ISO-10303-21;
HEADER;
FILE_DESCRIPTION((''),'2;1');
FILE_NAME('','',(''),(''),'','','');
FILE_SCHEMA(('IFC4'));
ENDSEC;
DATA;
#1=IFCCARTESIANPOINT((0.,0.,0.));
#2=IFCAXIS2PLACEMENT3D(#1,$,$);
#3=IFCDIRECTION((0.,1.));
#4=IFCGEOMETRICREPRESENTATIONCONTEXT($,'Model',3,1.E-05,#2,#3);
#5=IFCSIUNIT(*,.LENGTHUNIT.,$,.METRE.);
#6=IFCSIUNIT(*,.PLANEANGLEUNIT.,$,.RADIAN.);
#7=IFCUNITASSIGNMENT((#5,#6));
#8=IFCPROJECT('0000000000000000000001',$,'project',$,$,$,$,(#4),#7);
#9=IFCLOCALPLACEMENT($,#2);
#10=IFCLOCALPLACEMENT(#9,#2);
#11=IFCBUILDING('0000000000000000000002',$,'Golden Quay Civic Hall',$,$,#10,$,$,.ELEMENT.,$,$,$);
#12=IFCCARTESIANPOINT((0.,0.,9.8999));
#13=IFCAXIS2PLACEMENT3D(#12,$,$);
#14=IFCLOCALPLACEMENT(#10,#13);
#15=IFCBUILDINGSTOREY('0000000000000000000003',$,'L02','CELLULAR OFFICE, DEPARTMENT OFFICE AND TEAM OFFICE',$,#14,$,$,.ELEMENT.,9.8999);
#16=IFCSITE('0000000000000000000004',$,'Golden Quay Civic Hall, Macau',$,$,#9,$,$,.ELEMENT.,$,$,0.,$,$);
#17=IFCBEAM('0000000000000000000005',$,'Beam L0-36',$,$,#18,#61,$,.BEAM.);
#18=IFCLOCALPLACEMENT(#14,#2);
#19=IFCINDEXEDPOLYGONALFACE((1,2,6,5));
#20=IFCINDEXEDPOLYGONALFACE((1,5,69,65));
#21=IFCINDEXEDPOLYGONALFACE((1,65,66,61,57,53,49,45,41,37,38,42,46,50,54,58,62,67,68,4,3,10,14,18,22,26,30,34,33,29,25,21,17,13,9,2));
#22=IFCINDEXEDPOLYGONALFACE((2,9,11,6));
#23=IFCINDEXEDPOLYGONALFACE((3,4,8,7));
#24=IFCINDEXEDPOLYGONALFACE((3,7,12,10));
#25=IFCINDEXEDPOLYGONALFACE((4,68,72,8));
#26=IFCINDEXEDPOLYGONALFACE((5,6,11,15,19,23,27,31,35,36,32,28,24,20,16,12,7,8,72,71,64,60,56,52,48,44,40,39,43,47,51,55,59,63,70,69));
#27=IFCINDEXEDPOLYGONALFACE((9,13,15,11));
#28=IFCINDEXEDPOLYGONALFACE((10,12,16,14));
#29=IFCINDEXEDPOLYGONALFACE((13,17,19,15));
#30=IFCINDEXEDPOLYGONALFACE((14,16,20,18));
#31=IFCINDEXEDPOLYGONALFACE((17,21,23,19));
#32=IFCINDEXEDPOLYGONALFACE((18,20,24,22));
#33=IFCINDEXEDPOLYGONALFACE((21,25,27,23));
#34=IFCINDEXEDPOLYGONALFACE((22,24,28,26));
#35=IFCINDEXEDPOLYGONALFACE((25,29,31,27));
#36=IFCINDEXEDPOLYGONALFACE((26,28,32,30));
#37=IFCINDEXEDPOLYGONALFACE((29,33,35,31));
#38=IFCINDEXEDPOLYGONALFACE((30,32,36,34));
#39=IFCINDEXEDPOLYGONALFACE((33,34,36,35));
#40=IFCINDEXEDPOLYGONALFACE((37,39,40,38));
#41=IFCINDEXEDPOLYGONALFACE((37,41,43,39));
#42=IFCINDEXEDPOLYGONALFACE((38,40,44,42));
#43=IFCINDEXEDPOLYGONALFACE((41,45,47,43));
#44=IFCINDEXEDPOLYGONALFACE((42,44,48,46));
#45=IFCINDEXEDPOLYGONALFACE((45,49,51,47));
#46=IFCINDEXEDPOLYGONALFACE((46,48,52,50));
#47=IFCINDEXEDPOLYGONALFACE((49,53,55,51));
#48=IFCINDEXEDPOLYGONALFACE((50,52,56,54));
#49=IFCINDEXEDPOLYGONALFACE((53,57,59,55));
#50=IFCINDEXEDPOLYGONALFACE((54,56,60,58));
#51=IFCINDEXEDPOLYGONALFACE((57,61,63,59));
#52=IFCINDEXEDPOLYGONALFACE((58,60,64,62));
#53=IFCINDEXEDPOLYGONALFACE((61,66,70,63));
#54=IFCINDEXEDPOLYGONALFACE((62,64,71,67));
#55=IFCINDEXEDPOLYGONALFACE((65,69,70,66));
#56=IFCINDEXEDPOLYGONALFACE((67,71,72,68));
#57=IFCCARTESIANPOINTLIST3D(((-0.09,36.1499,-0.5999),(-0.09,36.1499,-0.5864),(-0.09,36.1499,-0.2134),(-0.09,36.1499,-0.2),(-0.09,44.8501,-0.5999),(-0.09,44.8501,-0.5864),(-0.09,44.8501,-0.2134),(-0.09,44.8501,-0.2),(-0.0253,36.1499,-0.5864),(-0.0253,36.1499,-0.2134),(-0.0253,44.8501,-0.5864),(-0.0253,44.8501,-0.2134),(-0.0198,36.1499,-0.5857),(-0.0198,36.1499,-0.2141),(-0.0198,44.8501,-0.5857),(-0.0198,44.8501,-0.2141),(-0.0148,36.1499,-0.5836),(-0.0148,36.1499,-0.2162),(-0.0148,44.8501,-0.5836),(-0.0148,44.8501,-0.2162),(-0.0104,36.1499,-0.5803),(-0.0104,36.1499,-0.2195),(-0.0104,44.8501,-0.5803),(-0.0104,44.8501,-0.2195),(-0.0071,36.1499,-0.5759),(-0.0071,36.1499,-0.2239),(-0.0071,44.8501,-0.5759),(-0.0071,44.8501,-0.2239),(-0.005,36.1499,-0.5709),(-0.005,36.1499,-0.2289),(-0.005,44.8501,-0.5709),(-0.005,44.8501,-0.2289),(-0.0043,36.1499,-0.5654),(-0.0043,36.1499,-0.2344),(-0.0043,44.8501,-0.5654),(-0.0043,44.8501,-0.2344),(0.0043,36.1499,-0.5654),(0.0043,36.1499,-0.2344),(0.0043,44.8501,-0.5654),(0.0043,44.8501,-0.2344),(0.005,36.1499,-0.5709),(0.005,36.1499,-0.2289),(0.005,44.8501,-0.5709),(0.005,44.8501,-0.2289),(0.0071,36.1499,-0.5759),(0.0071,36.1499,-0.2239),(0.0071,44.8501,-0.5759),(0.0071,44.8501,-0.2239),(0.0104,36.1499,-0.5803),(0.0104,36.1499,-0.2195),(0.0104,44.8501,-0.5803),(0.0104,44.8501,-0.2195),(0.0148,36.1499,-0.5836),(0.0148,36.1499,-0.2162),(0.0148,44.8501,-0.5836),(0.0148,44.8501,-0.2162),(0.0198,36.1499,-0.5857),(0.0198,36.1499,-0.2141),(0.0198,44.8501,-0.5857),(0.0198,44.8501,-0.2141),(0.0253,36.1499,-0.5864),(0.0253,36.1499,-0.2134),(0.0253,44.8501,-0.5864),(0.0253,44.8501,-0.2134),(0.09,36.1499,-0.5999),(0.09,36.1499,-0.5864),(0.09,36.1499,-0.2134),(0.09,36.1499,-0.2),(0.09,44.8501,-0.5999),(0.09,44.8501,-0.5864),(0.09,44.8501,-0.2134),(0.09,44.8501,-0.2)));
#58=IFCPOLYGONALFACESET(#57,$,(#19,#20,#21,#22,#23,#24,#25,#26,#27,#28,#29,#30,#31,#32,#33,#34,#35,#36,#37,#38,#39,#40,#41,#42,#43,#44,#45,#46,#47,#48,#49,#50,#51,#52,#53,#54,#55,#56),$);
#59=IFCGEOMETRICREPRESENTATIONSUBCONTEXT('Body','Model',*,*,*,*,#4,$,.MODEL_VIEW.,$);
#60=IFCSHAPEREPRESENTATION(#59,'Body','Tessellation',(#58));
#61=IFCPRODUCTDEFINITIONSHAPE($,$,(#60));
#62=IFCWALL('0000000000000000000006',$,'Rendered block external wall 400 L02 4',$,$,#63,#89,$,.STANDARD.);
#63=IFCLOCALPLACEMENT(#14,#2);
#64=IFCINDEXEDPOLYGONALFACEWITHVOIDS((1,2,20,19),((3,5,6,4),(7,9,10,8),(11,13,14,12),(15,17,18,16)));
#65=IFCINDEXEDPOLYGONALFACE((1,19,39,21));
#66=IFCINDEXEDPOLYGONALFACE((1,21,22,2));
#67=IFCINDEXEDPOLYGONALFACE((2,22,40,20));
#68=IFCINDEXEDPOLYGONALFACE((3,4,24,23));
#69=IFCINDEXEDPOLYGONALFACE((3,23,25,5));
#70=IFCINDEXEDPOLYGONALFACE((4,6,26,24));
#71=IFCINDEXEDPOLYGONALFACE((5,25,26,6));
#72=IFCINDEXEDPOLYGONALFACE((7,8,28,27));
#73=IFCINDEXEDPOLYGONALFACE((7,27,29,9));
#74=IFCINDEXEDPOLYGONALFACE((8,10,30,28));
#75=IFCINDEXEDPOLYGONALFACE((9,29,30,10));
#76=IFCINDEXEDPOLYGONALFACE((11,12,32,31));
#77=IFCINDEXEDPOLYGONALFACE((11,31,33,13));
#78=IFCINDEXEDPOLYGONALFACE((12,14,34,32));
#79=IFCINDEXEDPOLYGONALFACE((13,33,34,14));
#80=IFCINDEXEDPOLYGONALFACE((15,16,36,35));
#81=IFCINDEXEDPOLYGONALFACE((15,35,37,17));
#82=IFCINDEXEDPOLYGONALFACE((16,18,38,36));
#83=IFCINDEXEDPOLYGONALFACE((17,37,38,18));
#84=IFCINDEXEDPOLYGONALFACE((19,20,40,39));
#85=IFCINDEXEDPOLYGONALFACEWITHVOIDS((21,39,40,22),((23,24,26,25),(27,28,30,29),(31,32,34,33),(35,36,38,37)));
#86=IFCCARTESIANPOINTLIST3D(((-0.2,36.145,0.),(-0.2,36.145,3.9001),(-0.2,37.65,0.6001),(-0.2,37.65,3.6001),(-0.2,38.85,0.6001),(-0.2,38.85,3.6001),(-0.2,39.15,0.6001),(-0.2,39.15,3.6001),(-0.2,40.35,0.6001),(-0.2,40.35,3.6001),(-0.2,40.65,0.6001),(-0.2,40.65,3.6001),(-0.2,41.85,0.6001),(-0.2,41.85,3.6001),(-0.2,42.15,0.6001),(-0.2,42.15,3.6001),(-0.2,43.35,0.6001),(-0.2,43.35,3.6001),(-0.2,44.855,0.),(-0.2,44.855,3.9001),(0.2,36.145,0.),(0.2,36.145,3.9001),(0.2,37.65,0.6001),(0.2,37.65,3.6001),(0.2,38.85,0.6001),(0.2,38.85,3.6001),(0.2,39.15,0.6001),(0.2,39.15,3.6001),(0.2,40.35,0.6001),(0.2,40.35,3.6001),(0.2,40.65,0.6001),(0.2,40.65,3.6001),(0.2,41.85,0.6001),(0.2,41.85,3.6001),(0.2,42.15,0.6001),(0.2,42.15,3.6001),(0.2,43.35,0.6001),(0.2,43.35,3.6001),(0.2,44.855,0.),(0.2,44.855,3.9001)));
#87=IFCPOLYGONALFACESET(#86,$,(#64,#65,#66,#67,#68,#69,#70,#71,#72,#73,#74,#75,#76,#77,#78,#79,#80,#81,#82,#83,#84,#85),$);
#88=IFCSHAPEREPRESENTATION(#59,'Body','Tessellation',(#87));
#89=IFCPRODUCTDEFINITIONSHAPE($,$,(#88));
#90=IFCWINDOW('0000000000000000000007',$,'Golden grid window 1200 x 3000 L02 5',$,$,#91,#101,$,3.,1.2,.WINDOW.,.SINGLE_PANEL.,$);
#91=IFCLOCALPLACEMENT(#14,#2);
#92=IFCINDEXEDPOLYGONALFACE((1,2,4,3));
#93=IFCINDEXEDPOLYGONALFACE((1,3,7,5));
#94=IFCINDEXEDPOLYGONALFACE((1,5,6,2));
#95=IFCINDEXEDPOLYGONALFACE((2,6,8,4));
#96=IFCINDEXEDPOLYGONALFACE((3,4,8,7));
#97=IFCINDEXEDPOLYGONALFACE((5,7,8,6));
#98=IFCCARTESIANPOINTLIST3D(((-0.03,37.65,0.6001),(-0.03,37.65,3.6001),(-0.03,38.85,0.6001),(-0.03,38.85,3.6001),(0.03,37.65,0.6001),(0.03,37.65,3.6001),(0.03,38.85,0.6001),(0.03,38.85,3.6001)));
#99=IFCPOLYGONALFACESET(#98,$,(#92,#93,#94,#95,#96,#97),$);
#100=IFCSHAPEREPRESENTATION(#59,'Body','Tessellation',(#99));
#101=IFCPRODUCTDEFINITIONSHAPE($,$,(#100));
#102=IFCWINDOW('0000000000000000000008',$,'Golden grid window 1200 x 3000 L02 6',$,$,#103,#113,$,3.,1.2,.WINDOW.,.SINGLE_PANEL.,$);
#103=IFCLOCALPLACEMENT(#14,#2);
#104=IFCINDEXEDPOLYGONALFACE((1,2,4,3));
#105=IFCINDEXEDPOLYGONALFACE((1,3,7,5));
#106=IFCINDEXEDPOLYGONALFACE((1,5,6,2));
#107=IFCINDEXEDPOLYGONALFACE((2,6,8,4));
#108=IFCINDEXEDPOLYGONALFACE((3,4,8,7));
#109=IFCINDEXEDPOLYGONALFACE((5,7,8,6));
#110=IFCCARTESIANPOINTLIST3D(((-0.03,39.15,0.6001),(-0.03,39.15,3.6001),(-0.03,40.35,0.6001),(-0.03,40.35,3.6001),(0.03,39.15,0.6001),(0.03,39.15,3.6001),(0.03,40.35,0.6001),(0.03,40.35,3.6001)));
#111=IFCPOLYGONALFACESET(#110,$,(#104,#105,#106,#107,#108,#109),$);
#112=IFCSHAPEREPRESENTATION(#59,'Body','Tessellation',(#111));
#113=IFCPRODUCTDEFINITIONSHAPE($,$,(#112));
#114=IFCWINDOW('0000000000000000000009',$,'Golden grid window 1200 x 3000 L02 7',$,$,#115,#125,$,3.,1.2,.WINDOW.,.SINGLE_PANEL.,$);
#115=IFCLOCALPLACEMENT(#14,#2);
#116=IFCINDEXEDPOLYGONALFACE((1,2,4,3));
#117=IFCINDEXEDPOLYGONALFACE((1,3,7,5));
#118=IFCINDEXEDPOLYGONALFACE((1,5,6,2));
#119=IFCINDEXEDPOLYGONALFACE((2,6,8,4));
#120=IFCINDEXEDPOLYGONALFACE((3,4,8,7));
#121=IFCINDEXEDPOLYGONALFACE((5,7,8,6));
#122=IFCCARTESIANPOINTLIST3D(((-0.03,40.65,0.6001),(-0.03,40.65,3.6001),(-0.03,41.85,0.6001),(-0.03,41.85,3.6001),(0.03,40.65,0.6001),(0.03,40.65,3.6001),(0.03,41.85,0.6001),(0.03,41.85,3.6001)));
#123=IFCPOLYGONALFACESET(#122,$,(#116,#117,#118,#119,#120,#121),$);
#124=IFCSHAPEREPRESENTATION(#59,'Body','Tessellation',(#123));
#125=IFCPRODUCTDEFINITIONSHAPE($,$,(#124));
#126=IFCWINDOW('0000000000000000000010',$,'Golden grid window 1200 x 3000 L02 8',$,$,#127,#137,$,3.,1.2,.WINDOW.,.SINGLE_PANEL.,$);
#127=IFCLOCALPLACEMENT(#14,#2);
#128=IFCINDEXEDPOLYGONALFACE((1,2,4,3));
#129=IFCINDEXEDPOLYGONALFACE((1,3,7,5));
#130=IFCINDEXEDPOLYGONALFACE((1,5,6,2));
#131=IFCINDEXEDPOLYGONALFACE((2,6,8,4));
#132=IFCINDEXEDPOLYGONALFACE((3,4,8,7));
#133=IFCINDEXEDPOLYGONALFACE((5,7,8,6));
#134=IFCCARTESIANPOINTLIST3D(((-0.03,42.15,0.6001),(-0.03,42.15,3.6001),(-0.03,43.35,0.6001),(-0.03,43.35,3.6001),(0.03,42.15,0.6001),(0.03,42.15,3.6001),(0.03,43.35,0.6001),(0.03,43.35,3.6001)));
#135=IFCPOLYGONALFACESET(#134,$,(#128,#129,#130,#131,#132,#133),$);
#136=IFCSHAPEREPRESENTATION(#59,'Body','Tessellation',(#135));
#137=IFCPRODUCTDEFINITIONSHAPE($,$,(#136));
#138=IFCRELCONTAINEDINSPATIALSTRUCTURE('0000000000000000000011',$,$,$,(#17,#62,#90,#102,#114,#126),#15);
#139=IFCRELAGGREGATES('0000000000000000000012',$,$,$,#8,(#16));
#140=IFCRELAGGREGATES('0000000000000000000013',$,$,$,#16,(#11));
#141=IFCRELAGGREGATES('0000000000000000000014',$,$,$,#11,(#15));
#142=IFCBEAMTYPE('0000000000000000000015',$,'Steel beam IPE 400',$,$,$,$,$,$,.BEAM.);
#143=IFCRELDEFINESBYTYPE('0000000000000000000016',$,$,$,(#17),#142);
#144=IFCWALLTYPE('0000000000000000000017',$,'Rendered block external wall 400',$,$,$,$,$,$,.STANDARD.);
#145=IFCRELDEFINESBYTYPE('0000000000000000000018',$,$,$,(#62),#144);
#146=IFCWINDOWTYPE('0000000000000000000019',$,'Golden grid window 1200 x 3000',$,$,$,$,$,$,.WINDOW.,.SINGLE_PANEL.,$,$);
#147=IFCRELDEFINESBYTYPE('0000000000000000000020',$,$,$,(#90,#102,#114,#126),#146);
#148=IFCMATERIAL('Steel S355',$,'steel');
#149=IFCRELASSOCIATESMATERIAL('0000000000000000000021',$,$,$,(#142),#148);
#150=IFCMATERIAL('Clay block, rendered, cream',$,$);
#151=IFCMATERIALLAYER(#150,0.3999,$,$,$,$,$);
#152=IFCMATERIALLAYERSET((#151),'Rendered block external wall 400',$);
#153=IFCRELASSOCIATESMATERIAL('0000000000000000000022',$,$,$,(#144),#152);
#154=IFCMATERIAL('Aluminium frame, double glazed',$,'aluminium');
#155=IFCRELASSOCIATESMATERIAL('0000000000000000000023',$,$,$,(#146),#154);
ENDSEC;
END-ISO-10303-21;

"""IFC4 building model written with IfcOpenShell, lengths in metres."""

from ifc_helpers import new_model, si_unit, direction, frame, frame_2d, origin, origin_2d, place, context, subcontext, project, spatial, rectangle, i_section, extrude, material, layer, layer_set, material_profile, profile_set, type_object, element, fill, save


model = new_model("IFC4")

# Units and contexts
model_context = context("Model", 3, precision=1e-05, world=origin(), true_north=direction((0.0, 1.0)))
body_context = subcontext(model_context, "Body", "Model", "MODEL_VIEW")
ifc_project = project(units=[si_unit("LENGTHUNIT", "METRE"), si_unit("PLANEANGLEUNIT", "RADIAN")], contexts=[model_context])

# Site, building, storey
site_placement = place(None, origin())
site = spatial("IfcSite", under=ifc_project, at=site_placement, Name="Golden Quay Civic Hall, Macau", CompositionType="ELEMENT", RefElevation=0.0)
building_placement = place(site_placement, origin())
building = spatial("IfcBuilding", under=site, at=building_placement, Name="Golden Quay Civic Hall", CompositionType="ELEMENT")
storey_placement = place(building_placement, frame((0.0, 0.0, 9.8999)))
storey = spatial("IfcBuildingStorey", under=building, at=storey_placement, Name="L02", Description="CELLULAR OFFICE, DEPARTMENT OFFICE AND TEAM OFFICE", CompositionType="ELEMENT", Elevation=9.8999)

# Beam
ifc_material_1 = material(Name="Steel S355", Category="steel")
ifc_material_profile_1 = material_profile(ifc_material_1, i_section(OverallWidth=0.1799, OverallDepth=0.3999, WebThickness=0.0085, FlangeThickness=0.0134, FilletRadius=0.021, at=origin_2d()), Name="IPE 400")
ifc_profile_set_1 = profile_set([ifc_material_profile_1], Name="Steel S355")
beam_type_1 = type_object("IfcBeamType", Name="Steel beam IPE 400", PredefinedType="BEAM", material=ifc_profile_set_1)
for number, where, z_axis, x_axis, name in (
    (1, (0.0, 36.1499, -0.3999), (0.0, 1.0, 0.0), (-1.0, 0.0, 0.0), "Beam L0-36"),
):
    element("IfcBeam", number, at=place(storey_placement, frame(where, z_axis=z_axis, x_axis=x_axis)), inside=storey, type_object=beam_type_1, Name=name, PredefinedType="BEAM", context=body_context, shape_type="SweptSolid", body=[
        extrude(i_section(OverallWidth=0.1799, OverallDepth=0.3999, WebThickness=0.0085, FlangeThickness=0.0134, FilletRadius=0.021, at=origin_2d()), origin(), (0.0, 0.0, 1.0), 8.7002),
    ])

# Wall, openings, windows
ifc_material_2 = material(Name="Clay block, rendered, cream")
ifc_layer_1 = layer(ifc_material_2, 0.3999)
ifc_layer_set_1 = layer_set([ifc_layer_1], Name="Rendered block external wall 400")
wall_type_1 = type_object("IfcWallType", Name="Rendered block external wall 400", PredefinedType="STANDARD", material=ifc_layer_set_1)
wall_1_placement = place(storey_placement, frame((0.0, 36.145, 0.0), z_axis=(0.0, 0.0, 1.0), x_axis=(0.0, 1.0, 0.0)))
wall_1 = element("IfcWall", 2, at=wall_1_placement, inside=storey, type_object=wall_type_1, Name="Rendered block external wall 400 L02 4", PredefinedType="STANDARD", context=body_context, shape_type="SweptSolid", body=[
    extrude(rectangle(XDim=8.71, YDim=0.3999, at=frame_2d((4.355, 0.0))), origin(), (0.0, 0.0, 1.0), 3.9001),
])
opening_1_placement = place(wall_1_placement, frame((1.5049, 0.0, 0.6001)))
opening_1 = element("IfcOpeningElement", 3, at=opening_1_placement, cuts=wall_1, PredefinedType="OPENING", context=body_context, shape_type="SweptSolid", body=[
    extrude(rectangle(XDim=1.2, YDim=3.0, at=frame_2d((0.6001, 1.5))), frame((0.0, 0.21, 0.0), z_axis=(0.0, -1.0, 0.0), x_axis=(1.0, 0.0, 0.0)), (0.0, 0.0, 1.0), 0.4199),
])
opening_2_placement = place(wall_1_placement, frame((3.0049, 0.0, 0.6001)))
opening_2 = element("IfcOpeningElement", 4, at=opening_2_placement, cuts=wall_1, PredefinedType="OPENING", context=body_context, shape_type="SweptSolid", body=[
    extrude(rectangle(XDim=1.2, YDim=3.0, at=frame_2d((0.6001, 1.5))), frame((0.0, 0.21, 0.0), z_axis=(0.0, -1.0, 0.0), x_axis=(1.0, 0.0, 0.0)), (0.0, 0.0, 1.0), 0.4199),
])
opening_3_placement = place(wall_1_placement, frame((4.5049, 0.0, 0.6001)))
opening_3 = element("IfcOpeningElement", 5, at=opening_3_placement, cuts=wall_1, PredefinedType="OPENING", context=body_context, shape_type="SweptSolid", body=[
    extrude(rectangle(XDim=1.2, YDim=3.0, at=frame_2d((0.6001, 1.5))), frame((0.0, 0.21, 0.0), z_axis=(0.0, -1.0, 0.0), x_axis=(1.0, 0.0, 0.0)), (0.0, 0.0, 1.0), 0.4199),
])
opening_4_placement = place(wall_1_placement, frame((6.0049, 0.0, 0.6001)))
opening_4 = element("IfcOpeningElement", 6, at=opening_4_placement, cuts=wall_1, PredefinedType="OPENING", context=body_context, shape_type="SweptSolid", body=[
    extrude(rectangle(XDim=1.2, YDim=3.0, at=frame_2d((0.6001, 1.5))), frame((0.0, 0.21, 0.0), z_axis=(0.0, -1.0, 0.0), x_axis=(1.0, 0.0, 0.0)), (0.0, 0.0, 1.0), 0.4199),
])
ifc_material_3 = material(Name="Aluminium frame, double glazed", Category="aluminium")
window_type_1 = type_object("IfcWindowType", Name="Golden grid window 1200 x 3000", PartitioningType="SINGLE_PANEL", PredefinedType="WINDOW", material=ifc_material_3)
window_1_placement = place(opening_1_placement, origin())
window_1 = element("IfcWindow", 7, at=window_1_placement, inside=storey, type_object=window_type_1, Name="Golden grid window 1200 x 3000 L02 5", OverallHeight=3.0, OverallWidth=1.2, PartitioningType="SINGLE_PANEL", PredefinedType="WINDOW", context=body_context, shape_type="SweptSolid", body=[
    extrude(rectangle(XDim=1.2, YDim=3.0, at=frame_2d((0.6001, 1.5))), frame((0.0, 0.03, 0.0), z_axis=(0.0, -1.0, 0.0), x_axis=(1.0, 0.0, 0.0)), (0.0, 0.0, 1.0), 0.0601),
])
fill(opening_1, window_1)
window_2_placement = place(opening_2_placement, origin())
window_2 = element("IfcWindow", 8, at=window_2_placement, inside=storey, type_object=window_type_1, Name="Golden grid window 1200 x 3000 L02 6", OverallHeight=3.0, OverallWidth=1.2, PartitioningType="SINGLE_PANEL", PredefinedType="WINDOW", context=body_context, shape_type="SweptSolid", body=[
    extrude(rectangle(XDim=1.2, YDim=3.0, at=frame_2d((0.6001, 1.5))), frame((0.0, 0.03, 0.0), z_axis=(0.0, -1.0, 0.0), x_axis=(1.0, 0.0, 0.0)), (0.0, 0.0, 1.0), 0.0601),
])
fill(opening_2, window_2)
window_3_placement = place(opening_3_placement, origin())
window_3 = element("IfcWindow", 9, at=window_3_placement, inside=storey, type_object=window_type_1, Name="Golden grid window 1200 x 3000 L02 7", OverallHeight=3.0, OverallWidth=1.2, PartitioningType="SINGLE_PANEL", PredefinedType="WINDOW", context=body_context, shape_type="SweptSolid", body=[
    extrude(rectangle(XDim=1.2, YDim=3.0, at=frame_2d((0.6001, 1.5))), frame((0.0, 0.03, 0.0), z_axis=(0.0, -1.0, 0.0), x_axis=(1.0, 0.0, 0.0)), (0.0, 0.0, 1.0), 0.0601),
])
fill(opening_3, window_3)
window_4_placement = place(opening_4_placement, origin())
window_4 = element("IfcWindow", 10, at=window_4_placement, inside=storey, type_object=window_type_1, Name="Golden grid window 1200 x 3000 L02 8", OverallHeight=3.0, OverallWidth=1.2, PartitioningType="SINGLE_PANEL", PredefinedType="WINDOW", context=body_context, shape_type="SweptSolid", body=[
    extrude(rectangle(XDim=1.2, YDim=3.0, at=frame_2d((0.6001, 1.5))), frame((0.0, 0.03, 0.0), z_axis=(0.0, -1.0, 0.0), x_axis=(1.0, 0.0, 0.0)), (0.0, 0.0, 1.0), 0.0601),
])
fill(opening_4, window_4)

save(model, "model.ifc")
